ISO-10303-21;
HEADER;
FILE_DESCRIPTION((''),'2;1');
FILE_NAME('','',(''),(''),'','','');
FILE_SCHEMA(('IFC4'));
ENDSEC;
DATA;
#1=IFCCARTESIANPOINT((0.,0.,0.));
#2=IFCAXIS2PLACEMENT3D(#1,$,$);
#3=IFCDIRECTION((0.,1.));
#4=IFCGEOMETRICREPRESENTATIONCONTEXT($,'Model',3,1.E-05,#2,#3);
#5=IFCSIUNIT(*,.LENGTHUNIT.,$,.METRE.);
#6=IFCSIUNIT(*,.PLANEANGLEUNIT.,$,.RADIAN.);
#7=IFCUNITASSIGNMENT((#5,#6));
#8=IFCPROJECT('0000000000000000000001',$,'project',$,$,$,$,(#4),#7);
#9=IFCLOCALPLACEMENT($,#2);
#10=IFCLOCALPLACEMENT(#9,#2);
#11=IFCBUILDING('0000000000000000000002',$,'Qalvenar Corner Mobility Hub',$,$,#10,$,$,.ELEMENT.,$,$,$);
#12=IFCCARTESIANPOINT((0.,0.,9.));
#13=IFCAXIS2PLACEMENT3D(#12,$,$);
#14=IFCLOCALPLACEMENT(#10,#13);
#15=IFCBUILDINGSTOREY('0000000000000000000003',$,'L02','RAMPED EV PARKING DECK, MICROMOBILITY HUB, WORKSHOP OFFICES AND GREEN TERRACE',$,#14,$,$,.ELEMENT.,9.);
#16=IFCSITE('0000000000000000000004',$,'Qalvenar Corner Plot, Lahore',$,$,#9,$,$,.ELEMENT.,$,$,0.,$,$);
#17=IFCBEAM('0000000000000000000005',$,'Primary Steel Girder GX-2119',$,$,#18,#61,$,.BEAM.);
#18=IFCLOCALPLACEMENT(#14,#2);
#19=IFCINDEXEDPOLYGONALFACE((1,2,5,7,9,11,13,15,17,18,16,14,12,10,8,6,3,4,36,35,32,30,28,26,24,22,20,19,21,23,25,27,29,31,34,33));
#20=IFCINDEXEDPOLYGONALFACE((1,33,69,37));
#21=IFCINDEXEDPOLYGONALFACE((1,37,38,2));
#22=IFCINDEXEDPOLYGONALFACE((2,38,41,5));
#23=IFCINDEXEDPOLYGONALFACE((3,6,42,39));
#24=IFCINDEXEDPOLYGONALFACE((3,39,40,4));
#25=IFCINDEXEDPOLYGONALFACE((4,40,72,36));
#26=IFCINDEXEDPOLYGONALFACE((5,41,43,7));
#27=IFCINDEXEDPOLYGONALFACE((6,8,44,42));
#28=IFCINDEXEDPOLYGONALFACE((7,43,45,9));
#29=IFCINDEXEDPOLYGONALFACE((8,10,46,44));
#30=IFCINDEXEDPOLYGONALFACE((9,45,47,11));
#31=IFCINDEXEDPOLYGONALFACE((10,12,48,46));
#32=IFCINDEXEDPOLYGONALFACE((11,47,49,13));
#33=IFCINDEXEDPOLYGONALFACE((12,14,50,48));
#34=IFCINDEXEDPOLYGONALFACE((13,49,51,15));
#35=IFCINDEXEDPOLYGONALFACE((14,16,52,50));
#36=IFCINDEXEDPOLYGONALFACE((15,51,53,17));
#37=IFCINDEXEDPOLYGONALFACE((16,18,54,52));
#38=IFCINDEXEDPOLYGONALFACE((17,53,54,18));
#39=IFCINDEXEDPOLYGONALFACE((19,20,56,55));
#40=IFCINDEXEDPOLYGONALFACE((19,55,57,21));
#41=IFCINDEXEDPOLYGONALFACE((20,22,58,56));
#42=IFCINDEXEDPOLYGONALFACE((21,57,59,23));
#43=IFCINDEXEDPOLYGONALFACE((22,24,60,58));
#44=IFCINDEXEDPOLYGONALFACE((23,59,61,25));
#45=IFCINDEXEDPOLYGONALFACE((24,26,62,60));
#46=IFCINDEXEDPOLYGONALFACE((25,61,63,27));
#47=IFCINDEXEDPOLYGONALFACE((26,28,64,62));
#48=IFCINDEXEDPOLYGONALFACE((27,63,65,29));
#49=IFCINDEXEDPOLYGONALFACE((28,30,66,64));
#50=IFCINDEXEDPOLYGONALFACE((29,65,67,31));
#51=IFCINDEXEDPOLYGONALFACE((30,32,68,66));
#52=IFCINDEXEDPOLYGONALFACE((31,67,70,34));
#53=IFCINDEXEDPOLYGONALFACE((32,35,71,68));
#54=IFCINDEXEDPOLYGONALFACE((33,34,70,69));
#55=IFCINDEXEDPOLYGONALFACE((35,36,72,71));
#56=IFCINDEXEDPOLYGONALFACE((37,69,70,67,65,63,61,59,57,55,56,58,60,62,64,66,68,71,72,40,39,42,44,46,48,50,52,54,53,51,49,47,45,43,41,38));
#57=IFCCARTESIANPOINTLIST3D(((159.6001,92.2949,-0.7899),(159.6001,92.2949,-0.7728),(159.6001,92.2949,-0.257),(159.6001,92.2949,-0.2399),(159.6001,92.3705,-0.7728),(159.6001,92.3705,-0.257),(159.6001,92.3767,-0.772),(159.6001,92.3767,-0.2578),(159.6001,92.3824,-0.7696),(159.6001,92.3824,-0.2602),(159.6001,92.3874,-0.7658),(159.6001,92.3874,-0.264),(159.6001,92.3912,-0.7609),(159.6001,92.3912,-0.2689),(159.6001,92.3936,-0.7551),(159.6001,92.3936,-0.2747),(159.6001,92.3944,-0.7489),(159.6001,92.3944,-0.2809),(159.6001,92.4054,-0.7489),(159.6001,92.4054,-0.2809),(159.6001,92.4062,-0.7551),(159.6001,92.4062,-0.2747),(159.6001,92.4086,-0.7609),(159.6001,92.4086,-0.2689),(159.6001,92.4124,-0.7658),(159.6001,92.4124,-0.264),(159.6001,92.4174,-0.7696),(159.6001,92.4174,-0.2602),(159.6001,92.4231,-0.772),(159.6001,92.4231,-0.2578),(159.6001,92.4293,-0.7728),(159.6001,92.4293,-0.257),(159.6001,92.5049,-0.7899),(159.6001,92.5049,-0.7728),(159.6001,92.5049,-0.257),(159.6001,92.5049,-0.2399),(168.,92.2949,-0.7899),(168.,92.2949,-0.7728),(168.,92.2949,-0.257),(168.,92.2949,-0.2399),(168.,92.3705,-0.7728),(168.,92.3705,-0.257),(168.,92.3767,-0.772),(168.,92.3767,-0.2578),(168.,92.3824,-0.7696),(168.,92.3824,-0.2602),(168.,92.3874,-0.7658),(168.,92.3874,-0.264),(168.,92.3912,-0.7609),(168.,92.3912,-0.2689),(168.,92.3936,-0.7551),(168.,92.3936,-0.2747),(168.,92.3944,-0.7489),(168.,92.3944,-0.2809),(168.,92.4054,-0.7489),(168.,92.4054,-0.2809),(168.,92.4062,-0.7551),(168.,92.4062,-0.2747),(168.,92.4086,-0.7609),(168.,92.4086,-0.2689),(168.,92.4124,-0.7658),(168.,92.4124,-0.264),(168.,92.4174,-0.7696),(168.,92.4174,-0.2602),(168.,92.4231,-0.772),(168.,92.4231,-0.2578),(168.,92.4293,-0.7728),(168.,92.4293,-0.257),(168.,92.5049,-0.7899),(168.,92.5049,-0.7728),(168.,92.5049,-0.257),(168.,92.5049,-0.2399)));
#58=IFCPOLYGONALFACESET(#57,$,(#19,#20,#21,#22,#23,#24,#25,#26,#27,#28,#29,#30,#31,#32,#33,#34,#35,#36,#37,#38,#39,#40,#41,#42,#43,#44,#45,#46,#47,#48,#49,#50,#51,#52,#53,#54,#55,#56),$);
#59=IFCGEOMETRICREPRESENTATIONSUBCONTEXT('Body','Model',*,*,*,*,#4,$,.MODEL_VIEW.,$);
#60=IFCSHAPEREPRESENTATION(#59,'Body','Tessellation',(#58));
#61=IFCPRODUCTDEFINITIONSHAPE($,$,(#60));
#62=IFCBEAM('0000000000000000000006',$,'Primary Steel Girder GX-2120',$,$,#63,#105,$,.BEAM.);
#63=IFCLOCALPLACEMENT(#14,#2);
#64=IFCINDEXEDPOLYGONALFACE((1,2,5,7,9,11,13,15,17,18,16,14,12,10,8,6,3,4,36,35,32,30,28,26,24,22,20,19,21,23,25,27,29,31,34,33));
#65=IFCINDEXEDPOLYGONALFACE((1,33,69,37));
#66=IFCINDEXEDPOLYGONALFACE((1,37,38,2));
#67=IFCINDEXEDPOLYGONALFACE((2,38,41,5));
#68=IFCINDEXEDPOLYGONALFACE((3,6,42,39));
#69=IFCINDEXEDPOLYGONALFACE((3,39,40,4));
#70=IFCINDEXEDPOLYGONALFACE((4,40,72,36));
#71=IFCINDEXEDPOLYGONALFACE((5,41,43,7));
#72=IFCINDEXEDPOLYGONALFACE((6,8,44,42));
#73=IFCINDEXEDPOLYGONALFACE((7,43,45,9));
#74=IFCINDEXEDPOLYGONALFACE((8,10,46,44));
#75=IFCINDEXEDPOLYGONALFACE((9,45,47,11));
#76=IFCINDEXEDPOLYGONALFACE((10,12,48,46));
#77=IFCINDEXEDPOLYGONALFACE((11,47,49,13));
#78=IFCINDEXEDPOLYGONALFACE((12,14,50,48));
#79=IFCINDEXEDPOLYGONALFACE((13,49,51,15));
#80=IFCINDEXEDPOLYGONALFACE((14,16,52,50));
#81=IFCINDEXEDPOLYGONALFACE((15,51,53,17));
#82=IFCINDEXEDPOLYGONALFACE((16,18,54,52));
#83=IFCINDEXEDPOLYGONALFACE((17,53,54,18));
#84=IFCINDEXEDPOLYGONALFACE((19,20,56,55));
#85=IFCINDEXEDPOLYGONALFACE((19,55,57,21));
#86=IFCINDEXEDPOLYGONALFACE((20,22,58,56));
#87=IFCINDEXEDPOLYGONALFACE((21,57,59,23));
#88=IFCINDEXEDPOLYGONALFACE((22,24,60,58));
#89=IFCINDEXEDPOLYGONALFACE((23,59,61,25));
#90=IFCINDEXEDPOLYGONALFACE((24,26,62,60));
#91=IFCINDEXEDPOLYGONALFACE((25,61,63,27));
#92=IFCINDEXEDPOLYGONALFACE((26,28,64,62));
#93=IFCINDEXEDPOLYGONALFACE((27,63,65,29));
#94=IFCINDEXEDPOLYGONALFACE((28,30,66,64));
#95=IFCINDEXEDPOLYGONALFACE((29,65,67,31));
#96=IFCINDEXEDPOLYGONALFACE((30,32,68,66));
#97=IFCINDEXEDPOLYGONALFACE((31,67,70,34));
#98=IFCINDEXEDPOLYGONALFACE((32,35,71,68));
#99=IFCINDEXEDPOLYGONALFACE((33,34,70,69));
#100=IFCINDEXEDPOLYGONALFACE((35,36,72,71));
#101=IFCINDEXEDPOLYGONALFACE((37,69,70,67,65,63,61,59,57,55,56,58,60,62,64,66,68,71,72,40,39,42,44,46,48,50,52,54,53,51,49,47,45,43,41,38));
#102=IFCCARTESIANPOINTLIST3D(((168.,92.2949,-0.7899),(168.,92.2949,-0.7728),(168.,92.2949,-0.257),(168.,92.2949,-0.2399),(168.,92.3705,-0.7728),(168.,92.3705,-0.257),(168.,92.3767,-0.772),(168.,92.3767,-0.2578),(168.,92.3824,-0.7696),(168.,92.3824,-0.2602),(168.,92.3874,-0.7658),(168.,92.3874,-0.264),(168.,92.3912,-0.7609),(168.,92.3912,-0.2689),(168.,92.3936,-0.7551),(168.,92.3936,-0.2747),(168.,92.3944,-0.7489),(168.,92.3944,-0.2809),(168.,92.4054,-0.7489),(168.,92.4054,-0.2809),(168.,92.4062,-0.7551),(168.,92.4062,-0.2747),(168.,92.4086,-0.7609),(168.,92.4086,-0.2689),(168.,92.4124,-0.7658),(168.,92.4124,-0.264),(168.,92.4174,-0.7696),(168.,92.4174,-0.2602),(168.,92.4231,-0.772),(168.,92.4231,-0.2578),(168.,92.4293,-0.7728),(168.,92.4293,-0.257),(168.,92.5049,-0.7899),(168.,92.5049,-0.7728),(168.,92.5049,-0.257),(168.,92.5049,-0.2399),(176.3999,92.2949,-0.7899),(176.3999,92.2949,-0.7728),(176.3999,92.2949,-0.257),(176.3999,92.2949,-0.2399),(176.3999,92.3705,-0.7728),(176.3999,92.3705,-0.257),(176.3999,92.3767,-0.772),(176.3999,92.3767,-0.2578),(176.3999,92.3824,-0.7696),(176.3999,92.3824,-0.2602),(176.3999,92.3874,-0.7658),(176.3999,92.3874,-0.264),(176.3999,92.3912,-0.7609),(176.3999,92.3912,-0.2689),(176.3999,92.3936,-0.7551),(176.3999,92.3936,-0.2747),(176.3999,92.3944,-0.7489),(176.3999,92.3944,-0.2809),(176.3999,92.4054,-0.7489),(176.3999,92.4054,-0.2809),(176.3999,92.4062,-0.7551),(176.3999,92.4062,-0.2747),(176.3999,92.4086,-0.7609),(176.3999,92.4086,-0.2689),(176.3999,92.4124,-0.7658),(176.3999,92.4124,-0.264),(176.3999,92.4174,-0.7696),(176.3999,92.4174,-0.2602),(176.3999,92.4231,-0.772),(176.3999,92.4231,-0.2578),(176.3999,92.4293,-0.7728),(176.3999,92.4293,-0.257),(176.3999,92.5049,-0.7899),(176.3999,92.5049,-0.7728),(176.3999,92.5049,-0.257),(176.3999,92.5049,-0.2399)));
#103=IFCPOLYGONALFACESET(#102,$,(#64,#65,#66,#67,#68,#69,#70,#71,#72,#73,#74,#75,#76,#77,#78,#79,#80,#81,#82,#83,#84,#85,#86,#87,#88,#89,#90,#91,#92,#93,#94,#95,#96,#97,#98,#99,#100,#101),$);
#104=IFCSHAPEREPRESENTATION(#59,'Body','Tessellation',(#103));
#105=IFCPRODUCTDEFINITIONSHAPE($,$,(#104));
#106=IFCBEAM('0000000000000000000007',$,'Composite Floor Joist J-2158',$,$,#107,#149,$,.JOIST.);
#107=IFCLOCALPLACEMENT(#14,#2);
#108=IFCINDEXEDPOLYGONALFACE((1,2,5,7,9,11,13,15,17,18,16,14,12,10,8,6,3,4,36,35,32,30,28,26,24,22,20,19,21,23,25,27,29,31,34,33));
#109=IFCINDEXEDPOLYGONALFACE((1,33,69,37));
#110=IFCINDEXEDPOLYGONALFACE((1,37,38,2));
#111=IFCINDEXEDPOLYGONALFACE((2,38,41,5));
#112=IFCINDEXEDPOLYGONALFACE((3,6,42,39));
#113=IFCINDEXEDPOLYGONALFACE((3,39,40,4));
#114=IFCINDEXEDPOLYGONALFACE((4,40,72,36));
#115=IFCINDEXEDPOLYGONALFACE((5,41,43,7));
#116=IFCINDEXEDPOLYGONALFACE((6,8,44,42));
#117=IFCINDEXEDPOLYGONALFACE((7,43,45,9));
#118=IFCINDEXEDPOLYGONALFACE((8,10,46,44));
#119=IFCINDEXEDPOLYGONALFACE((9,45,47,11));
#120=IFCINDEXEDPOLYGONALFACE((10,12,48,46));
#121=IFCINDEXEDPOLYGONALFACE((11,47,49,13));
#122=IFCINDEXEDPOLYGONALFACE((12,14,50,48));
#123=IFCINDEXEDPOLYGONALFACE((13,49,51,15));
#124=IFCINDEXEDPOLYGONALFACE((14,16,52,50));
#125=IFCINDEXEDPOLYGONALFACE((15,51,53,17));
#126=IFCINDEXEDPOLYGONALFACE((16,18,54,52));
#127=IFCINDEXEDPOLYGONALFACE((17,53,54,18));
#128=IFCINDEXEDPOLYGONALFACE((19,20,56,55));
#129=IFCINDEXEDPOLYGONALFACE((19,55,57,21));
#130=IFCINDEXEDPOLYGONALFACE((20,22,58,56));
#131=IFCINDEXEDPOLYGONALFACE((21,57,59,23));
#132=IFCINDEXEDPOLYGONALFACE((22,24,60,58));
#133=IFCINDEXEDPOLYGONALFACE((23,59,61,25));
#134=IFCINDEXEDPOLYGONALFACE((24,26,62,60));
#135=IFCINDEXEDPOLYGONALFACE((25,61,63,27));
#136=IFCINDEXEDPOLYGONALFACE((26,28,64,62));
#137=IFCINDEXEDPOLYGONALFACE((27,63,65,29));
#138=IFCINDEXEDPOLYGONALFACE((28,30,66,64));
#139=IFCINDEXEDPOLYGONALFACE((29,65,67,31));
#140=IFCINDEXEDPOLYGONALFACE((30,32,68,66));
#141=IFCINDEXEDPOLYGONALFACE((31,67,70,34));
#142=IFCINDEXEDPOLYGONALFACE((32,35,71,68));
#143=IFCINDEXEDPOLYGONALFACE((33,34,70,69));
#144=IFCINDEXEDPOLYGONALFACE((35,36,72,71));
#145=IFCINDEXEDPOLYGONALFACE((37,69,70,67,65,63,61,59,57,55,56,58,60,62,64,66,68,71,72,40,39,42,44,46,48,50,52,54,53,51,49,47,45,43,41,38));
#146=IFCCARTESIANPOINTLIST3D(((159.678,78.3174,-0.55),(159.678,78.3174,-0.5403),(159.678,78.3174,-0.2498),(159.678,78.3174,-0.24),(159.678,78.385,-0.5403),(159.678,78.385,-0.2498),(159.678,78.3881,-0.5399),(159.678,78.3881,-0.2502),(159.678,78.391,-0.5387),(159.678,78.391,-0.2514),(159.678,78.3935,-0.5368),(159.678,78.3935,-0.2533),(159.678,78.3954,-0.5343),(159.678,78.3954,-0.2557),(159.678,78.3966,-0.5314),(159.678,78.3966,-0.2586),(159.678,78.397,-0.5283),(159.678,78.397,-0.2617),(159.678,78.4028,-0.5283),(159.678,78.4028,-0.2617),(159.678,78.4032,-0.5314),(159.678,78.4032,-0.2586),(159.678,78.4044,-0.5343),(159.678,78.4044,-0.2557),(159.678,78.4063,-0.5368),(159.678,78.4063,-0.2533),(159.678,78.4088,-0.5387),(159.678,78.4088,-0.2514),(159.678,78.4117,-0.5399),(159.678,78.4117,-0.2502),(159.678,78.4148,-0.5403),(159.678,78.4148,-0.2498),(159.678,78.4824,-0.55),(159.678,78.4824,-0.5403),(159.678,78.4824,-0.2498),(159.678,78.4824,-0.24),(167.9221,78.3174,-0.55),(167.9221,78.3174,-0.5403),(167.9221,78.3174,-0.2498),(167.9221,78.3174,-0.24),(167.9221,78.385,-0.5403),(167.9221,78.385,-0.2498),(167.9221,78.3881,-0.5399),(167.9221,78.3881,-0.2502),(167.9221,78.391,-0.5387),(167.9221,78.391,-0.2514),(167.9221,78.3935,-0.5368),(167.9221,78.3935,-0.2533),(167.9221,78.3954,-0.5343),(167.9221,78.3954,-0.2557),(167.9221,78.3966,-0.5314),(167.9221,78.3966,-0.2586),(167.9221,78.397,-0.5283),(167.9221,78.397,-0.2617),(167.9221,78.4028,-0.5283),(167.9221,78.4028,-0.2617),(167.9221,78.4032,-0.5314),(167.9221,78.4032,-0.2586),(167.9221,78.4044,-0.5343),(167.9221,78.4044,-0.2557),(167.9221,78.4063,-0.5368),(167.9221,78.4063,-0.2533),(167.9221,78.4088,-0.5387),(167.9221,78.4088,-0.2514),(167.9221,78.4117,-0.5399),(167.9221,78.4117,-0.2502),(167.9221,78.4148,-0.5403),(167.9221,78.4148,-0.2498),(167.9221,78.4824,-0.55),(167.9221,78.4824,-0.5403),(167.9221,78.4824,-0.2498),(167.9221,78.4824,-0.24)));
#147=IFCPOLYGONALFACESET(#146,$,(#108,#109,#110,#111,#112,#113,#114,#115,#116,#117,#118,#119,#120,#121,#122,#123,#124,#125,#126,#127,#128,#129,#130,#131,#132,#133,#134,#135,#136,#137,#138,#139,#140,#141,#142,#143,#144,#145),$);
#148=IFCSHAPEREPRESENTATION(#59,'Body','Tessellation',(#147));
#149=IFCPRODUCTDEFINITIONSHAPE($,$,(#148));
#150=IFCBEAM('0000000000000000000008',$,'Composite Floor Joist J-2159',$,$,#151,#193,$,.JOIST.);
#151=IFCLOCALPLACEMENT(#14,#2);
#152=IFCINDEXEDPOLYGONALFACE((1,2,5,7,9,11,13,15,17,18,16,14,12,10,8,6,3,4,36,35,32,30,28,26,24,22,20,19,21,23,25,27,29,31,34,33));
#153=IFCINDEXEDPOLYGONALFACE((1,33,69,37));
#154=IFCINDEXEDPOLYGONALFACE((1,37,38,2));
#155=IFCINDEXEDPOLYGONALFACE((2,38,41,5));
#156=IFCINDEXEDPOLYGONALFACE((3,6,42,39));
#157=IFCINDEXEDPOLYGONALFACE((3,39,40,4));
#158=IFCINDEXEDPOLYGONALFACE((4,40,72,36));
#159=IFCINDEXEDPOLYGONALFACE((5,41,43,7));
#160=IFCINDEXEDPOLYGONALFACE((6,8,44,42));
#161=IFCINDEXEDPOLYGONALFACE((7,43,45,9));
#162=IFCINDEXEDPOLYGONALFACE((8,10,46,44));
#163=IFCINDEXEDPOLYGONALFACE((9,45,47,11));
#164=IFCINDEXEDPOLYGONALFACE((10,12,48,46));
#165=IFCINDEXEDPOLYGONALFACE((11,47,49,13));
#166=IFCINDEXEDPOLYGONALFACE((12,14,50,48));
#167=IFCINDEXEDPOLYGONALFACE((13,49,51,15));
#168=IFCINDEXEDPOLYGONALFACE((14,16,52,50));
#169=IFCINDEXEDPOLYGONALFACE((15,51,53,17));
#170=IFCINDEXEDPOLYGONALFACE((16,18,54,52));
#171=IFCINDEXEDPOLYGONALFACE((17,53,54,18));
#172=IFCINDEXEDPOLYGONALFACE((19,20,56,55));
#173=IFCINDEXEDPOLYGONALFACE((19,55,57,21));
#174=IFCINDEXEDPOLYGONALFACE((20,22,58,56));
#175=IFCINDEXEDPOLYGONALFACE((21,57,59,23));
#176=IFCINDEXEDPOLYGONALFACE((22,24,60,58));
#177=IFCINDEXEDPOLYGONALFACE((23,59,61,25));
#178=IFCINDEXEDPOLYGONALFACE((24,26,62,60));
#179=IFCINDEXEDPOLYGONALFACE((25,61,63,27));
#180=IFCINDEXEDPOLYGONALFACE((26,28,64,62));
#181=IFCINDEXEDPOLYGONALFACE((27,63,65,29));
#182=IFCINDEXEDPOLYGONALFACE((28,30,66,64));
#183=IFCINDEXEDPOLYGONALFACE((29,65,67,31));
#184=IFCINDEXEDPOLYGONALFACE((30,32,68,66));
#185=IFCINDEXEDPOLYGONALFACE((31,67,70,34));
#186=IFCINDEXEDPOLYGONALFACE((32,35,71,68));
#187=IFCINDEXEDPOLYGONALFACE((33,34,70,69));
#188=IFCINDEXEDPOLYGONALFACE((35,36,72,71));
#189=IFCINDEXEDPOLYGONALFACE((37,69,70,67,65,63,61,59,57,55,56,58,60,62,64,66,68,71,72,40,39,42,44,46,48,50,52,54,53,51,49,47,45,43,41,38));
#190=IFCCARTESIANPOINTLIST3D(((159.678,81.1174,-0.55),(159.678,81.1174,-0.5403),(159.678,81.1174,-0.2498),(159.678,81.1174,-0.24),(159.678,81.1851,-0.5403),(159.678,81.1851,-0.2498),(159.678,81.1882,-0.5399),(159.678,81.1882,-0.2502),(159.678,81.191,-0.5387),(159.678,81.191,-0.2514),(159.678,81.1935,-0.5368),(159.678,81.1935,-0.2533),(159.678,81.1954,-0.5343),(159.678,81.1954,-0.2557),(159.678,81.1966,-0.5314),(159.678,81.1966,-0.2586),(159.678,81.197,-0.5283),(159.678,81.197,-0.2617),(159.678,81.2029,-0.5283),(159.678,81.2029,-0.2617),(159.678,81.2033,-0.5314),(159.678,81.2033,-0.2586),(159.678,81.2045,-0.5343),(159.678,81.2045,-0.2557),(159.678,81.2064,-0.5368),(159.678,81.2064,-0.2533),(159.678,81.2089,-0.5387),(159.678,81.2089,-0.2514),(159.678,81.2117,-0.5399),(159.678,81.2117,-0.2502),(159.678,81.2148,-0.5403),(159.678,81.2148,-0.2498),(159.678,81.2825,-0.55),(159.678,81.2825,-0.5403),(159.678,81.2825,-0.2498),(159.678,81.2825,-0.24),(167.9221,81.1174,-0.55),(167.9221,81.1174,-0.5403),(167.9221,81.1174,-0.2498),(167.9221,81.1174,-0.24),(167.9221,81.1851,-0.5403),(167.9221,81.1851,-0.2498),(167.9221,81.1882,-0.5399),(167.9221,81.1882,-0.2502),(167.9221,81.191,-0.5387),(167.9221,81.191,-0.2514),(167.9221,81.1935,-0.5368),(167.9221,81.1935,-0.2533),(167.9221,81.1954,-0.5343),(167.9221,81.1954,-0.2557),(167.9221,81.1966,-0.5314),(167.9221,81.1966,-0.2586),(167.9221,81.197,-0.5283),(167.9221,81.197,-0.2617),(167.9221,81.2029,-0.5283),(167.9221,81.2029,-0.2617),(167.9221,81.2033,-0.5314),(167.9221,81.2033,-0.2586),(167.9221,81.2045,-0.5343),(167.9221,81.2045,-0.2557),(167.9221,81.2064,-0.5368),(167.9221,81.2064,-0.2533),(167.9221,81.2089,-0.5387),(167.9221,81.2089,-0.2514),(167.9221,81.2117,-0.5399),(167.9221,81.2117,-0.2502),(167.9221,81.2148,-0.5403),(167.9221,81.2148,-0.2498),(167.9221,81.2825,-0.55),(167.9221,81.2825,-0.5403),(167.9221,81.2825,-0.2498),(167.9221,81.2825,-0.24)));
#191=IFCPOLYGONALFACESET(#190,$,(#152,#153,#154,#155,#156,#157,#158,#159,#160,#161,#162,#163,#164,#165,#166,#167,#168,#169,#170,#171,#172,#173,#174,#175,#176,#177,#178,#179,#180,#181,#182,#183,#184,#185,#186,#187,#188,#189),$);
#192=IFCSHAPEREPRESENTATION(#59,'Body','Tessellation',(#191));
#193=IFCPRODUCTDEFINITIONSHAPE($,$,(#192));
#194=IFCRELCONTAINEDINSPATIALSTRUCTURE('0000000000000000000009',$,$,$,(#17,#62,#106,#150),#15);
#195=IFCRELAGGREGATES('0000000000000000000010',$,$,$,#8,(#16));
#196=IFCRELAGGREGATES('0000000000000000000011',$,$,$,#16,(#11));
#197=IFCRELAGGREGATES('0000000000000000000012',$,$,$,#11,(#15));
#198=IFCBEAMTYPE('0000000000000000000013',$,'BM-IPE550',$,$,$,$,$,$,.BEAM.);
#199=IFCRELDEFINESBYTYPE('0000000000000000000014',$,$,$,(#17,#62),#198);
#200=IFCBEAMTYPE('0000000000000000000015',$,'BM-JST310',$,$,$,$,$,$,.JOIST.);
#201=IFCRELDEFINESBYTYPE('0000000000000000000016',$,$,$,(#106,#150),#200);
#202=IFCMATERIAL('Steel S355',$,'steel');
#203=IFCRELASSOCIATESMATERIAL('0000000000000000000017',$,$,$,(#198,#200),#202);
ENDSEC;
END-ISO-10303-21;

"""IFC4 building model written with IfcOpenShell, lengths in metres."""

from ifc_helpers import new_model, si_unit, direction, frame, origin, origin_2d, place, context, subcontext, project, spatial, i_section, extrude, material, material_profile, profile_set, type_object, element, save


model = new_model("IFC4")

# Units and contexts
model_context = context("Model", 3, precision=1e-05, world=origin(), true_north=direction((0.0, 1.0)))
body_context = subcontext(model_context, "Body", "Model", "MODEL_VIEW")
ifc_project = project(units=[si_unit("LENGTHUNIT", "METRE"), si_unit("PLANEANGLEUNIT", "RADIAN")], contexts=[model_context])

# Site, building, storey
site_placement = place(None, origin())
site = spatial("IfcSite", under=ifc_project, at=site_placement, Name="Qalvenar Corner Plot, Lahore", CompositionType="ELEMENT", RefElevation=0.0)
building_placement = place(site_placement, origin())
building = spatial("IfcBuilding", under=site, at=building_placement, Name="Qalvenar Corner Mobility Hub", CompositionType="ELEMENT")
storey_placement = place(building_placement, frame((0.0, 0.0, 9.0)))
storey = spatial("IfcBuildingStorey", under=building, at=storey_placement, Name="L02", Description="RAMPED EV PARKING DECK, MICROMOBILITY HUB, WORKSHOP OFFICES AND GREEN TERRACE", CompositionType="ELEMENT", Elevation=9.0)

# Shared definitions
ifc_material_1 = material(Name="Steel S355", Category="steel")

# Beams
ifc_material_profile_1 = material_profile(ifc_material_1, i_section(OverallWidth=0.21, OverallDepth=0.55, WebThickness=0.011, FlangeThickness=0.0171, FilletRadius=0.0239, at=origin_2d()), Name="IPE550")
ifc_profile_set_1 = profile_set([ifc_material_profile_1], Name="Steel S355")
beam_type_1 = type_object("IfcBeamType", Name="BM-IPE550", PredefinedType="BEAM", material=ifc_profile_set_1)
for number, where, z_axis, x_axis, name in (
    (1, (159.6001, 92.3999, -0.5149), (1.0, 0.0, 0.0), (0.0, 1.0, 0.0), "Primary Steel Girder GX-2119"),
    (2, (168.0, 92.3999, -0.5149), (1.0, 0.0, 0.0), (0.0, 1.0, 0.0), "Primary Steel Girder GX-2120"),
):
    element("IfcBeam", number, at=place(storey_placement, frame(where, z_axis=z_axis, x_axis=x_axis)), inside=storey, type_object=beam_type_1, Name=name, PredefinedType="BEAM", context=body_context, shape_type="SweptSolid", body=[
        extrude(i_section(OverallWidth=0.21, OverallDepth=0.55, WebThickness=0.011, FlangeThickness=0.0171, FilletRadius=0.0239, at=origin_2d()), origin(), (0.0, 0.0, 1.0), 8.3999),
    ])
ifc_material_profile_2 = material_profile(ifc_material_1, i_section(OverallWidth=0.165, OverallDepth=0.3101, WebThickness=0.0059, FlangeThickness=0.0098, FilletRadius=0.012, at=origin_2d()), Name="W310x38.7")
ifc_profile_set_2 = profile_set([ifc_material_profile_2], Name="Steel S355")
beam_type_2 = type_object("IfcBeamType", Name="BM-JST310", PredefinedType="JOIST", material=ifc_profile_set_2)
for number, where, z_axis, x_axis, name in (
    (3, (159.678, 78.3999, -0.395), (1.0, 0.0, 0.0), (0.0, 1.0, 0.0), "Composite Floor Joist J-2158"),
    (4, (159.678, 81.2, -0.395), (1.0, 0.0, 0.0), (0.0, 1.0, 0.0), "Composite Floor Joist J-2159"),
):
    element("IfcBeam", number, at=place(storey_placement, frame(where, z_axis=z_axis, x_axis=x_axis)), inside=storey, type_object=beam_type_2, Name=name, PredefinedType="JOIST", context=body_context, shape_type="SweptSolid", body=[
        extrude(i_section(OverallWidth=0.165, OverallDepth=0.3101, WebThickness=0.0059, FlangeThickness=0.0098, FilletRadius=0.012, at=origin_2d()), origin(), (0.0, 0.0, 1.0), 8.2441),
    ])

save(model, "model.ifc")
